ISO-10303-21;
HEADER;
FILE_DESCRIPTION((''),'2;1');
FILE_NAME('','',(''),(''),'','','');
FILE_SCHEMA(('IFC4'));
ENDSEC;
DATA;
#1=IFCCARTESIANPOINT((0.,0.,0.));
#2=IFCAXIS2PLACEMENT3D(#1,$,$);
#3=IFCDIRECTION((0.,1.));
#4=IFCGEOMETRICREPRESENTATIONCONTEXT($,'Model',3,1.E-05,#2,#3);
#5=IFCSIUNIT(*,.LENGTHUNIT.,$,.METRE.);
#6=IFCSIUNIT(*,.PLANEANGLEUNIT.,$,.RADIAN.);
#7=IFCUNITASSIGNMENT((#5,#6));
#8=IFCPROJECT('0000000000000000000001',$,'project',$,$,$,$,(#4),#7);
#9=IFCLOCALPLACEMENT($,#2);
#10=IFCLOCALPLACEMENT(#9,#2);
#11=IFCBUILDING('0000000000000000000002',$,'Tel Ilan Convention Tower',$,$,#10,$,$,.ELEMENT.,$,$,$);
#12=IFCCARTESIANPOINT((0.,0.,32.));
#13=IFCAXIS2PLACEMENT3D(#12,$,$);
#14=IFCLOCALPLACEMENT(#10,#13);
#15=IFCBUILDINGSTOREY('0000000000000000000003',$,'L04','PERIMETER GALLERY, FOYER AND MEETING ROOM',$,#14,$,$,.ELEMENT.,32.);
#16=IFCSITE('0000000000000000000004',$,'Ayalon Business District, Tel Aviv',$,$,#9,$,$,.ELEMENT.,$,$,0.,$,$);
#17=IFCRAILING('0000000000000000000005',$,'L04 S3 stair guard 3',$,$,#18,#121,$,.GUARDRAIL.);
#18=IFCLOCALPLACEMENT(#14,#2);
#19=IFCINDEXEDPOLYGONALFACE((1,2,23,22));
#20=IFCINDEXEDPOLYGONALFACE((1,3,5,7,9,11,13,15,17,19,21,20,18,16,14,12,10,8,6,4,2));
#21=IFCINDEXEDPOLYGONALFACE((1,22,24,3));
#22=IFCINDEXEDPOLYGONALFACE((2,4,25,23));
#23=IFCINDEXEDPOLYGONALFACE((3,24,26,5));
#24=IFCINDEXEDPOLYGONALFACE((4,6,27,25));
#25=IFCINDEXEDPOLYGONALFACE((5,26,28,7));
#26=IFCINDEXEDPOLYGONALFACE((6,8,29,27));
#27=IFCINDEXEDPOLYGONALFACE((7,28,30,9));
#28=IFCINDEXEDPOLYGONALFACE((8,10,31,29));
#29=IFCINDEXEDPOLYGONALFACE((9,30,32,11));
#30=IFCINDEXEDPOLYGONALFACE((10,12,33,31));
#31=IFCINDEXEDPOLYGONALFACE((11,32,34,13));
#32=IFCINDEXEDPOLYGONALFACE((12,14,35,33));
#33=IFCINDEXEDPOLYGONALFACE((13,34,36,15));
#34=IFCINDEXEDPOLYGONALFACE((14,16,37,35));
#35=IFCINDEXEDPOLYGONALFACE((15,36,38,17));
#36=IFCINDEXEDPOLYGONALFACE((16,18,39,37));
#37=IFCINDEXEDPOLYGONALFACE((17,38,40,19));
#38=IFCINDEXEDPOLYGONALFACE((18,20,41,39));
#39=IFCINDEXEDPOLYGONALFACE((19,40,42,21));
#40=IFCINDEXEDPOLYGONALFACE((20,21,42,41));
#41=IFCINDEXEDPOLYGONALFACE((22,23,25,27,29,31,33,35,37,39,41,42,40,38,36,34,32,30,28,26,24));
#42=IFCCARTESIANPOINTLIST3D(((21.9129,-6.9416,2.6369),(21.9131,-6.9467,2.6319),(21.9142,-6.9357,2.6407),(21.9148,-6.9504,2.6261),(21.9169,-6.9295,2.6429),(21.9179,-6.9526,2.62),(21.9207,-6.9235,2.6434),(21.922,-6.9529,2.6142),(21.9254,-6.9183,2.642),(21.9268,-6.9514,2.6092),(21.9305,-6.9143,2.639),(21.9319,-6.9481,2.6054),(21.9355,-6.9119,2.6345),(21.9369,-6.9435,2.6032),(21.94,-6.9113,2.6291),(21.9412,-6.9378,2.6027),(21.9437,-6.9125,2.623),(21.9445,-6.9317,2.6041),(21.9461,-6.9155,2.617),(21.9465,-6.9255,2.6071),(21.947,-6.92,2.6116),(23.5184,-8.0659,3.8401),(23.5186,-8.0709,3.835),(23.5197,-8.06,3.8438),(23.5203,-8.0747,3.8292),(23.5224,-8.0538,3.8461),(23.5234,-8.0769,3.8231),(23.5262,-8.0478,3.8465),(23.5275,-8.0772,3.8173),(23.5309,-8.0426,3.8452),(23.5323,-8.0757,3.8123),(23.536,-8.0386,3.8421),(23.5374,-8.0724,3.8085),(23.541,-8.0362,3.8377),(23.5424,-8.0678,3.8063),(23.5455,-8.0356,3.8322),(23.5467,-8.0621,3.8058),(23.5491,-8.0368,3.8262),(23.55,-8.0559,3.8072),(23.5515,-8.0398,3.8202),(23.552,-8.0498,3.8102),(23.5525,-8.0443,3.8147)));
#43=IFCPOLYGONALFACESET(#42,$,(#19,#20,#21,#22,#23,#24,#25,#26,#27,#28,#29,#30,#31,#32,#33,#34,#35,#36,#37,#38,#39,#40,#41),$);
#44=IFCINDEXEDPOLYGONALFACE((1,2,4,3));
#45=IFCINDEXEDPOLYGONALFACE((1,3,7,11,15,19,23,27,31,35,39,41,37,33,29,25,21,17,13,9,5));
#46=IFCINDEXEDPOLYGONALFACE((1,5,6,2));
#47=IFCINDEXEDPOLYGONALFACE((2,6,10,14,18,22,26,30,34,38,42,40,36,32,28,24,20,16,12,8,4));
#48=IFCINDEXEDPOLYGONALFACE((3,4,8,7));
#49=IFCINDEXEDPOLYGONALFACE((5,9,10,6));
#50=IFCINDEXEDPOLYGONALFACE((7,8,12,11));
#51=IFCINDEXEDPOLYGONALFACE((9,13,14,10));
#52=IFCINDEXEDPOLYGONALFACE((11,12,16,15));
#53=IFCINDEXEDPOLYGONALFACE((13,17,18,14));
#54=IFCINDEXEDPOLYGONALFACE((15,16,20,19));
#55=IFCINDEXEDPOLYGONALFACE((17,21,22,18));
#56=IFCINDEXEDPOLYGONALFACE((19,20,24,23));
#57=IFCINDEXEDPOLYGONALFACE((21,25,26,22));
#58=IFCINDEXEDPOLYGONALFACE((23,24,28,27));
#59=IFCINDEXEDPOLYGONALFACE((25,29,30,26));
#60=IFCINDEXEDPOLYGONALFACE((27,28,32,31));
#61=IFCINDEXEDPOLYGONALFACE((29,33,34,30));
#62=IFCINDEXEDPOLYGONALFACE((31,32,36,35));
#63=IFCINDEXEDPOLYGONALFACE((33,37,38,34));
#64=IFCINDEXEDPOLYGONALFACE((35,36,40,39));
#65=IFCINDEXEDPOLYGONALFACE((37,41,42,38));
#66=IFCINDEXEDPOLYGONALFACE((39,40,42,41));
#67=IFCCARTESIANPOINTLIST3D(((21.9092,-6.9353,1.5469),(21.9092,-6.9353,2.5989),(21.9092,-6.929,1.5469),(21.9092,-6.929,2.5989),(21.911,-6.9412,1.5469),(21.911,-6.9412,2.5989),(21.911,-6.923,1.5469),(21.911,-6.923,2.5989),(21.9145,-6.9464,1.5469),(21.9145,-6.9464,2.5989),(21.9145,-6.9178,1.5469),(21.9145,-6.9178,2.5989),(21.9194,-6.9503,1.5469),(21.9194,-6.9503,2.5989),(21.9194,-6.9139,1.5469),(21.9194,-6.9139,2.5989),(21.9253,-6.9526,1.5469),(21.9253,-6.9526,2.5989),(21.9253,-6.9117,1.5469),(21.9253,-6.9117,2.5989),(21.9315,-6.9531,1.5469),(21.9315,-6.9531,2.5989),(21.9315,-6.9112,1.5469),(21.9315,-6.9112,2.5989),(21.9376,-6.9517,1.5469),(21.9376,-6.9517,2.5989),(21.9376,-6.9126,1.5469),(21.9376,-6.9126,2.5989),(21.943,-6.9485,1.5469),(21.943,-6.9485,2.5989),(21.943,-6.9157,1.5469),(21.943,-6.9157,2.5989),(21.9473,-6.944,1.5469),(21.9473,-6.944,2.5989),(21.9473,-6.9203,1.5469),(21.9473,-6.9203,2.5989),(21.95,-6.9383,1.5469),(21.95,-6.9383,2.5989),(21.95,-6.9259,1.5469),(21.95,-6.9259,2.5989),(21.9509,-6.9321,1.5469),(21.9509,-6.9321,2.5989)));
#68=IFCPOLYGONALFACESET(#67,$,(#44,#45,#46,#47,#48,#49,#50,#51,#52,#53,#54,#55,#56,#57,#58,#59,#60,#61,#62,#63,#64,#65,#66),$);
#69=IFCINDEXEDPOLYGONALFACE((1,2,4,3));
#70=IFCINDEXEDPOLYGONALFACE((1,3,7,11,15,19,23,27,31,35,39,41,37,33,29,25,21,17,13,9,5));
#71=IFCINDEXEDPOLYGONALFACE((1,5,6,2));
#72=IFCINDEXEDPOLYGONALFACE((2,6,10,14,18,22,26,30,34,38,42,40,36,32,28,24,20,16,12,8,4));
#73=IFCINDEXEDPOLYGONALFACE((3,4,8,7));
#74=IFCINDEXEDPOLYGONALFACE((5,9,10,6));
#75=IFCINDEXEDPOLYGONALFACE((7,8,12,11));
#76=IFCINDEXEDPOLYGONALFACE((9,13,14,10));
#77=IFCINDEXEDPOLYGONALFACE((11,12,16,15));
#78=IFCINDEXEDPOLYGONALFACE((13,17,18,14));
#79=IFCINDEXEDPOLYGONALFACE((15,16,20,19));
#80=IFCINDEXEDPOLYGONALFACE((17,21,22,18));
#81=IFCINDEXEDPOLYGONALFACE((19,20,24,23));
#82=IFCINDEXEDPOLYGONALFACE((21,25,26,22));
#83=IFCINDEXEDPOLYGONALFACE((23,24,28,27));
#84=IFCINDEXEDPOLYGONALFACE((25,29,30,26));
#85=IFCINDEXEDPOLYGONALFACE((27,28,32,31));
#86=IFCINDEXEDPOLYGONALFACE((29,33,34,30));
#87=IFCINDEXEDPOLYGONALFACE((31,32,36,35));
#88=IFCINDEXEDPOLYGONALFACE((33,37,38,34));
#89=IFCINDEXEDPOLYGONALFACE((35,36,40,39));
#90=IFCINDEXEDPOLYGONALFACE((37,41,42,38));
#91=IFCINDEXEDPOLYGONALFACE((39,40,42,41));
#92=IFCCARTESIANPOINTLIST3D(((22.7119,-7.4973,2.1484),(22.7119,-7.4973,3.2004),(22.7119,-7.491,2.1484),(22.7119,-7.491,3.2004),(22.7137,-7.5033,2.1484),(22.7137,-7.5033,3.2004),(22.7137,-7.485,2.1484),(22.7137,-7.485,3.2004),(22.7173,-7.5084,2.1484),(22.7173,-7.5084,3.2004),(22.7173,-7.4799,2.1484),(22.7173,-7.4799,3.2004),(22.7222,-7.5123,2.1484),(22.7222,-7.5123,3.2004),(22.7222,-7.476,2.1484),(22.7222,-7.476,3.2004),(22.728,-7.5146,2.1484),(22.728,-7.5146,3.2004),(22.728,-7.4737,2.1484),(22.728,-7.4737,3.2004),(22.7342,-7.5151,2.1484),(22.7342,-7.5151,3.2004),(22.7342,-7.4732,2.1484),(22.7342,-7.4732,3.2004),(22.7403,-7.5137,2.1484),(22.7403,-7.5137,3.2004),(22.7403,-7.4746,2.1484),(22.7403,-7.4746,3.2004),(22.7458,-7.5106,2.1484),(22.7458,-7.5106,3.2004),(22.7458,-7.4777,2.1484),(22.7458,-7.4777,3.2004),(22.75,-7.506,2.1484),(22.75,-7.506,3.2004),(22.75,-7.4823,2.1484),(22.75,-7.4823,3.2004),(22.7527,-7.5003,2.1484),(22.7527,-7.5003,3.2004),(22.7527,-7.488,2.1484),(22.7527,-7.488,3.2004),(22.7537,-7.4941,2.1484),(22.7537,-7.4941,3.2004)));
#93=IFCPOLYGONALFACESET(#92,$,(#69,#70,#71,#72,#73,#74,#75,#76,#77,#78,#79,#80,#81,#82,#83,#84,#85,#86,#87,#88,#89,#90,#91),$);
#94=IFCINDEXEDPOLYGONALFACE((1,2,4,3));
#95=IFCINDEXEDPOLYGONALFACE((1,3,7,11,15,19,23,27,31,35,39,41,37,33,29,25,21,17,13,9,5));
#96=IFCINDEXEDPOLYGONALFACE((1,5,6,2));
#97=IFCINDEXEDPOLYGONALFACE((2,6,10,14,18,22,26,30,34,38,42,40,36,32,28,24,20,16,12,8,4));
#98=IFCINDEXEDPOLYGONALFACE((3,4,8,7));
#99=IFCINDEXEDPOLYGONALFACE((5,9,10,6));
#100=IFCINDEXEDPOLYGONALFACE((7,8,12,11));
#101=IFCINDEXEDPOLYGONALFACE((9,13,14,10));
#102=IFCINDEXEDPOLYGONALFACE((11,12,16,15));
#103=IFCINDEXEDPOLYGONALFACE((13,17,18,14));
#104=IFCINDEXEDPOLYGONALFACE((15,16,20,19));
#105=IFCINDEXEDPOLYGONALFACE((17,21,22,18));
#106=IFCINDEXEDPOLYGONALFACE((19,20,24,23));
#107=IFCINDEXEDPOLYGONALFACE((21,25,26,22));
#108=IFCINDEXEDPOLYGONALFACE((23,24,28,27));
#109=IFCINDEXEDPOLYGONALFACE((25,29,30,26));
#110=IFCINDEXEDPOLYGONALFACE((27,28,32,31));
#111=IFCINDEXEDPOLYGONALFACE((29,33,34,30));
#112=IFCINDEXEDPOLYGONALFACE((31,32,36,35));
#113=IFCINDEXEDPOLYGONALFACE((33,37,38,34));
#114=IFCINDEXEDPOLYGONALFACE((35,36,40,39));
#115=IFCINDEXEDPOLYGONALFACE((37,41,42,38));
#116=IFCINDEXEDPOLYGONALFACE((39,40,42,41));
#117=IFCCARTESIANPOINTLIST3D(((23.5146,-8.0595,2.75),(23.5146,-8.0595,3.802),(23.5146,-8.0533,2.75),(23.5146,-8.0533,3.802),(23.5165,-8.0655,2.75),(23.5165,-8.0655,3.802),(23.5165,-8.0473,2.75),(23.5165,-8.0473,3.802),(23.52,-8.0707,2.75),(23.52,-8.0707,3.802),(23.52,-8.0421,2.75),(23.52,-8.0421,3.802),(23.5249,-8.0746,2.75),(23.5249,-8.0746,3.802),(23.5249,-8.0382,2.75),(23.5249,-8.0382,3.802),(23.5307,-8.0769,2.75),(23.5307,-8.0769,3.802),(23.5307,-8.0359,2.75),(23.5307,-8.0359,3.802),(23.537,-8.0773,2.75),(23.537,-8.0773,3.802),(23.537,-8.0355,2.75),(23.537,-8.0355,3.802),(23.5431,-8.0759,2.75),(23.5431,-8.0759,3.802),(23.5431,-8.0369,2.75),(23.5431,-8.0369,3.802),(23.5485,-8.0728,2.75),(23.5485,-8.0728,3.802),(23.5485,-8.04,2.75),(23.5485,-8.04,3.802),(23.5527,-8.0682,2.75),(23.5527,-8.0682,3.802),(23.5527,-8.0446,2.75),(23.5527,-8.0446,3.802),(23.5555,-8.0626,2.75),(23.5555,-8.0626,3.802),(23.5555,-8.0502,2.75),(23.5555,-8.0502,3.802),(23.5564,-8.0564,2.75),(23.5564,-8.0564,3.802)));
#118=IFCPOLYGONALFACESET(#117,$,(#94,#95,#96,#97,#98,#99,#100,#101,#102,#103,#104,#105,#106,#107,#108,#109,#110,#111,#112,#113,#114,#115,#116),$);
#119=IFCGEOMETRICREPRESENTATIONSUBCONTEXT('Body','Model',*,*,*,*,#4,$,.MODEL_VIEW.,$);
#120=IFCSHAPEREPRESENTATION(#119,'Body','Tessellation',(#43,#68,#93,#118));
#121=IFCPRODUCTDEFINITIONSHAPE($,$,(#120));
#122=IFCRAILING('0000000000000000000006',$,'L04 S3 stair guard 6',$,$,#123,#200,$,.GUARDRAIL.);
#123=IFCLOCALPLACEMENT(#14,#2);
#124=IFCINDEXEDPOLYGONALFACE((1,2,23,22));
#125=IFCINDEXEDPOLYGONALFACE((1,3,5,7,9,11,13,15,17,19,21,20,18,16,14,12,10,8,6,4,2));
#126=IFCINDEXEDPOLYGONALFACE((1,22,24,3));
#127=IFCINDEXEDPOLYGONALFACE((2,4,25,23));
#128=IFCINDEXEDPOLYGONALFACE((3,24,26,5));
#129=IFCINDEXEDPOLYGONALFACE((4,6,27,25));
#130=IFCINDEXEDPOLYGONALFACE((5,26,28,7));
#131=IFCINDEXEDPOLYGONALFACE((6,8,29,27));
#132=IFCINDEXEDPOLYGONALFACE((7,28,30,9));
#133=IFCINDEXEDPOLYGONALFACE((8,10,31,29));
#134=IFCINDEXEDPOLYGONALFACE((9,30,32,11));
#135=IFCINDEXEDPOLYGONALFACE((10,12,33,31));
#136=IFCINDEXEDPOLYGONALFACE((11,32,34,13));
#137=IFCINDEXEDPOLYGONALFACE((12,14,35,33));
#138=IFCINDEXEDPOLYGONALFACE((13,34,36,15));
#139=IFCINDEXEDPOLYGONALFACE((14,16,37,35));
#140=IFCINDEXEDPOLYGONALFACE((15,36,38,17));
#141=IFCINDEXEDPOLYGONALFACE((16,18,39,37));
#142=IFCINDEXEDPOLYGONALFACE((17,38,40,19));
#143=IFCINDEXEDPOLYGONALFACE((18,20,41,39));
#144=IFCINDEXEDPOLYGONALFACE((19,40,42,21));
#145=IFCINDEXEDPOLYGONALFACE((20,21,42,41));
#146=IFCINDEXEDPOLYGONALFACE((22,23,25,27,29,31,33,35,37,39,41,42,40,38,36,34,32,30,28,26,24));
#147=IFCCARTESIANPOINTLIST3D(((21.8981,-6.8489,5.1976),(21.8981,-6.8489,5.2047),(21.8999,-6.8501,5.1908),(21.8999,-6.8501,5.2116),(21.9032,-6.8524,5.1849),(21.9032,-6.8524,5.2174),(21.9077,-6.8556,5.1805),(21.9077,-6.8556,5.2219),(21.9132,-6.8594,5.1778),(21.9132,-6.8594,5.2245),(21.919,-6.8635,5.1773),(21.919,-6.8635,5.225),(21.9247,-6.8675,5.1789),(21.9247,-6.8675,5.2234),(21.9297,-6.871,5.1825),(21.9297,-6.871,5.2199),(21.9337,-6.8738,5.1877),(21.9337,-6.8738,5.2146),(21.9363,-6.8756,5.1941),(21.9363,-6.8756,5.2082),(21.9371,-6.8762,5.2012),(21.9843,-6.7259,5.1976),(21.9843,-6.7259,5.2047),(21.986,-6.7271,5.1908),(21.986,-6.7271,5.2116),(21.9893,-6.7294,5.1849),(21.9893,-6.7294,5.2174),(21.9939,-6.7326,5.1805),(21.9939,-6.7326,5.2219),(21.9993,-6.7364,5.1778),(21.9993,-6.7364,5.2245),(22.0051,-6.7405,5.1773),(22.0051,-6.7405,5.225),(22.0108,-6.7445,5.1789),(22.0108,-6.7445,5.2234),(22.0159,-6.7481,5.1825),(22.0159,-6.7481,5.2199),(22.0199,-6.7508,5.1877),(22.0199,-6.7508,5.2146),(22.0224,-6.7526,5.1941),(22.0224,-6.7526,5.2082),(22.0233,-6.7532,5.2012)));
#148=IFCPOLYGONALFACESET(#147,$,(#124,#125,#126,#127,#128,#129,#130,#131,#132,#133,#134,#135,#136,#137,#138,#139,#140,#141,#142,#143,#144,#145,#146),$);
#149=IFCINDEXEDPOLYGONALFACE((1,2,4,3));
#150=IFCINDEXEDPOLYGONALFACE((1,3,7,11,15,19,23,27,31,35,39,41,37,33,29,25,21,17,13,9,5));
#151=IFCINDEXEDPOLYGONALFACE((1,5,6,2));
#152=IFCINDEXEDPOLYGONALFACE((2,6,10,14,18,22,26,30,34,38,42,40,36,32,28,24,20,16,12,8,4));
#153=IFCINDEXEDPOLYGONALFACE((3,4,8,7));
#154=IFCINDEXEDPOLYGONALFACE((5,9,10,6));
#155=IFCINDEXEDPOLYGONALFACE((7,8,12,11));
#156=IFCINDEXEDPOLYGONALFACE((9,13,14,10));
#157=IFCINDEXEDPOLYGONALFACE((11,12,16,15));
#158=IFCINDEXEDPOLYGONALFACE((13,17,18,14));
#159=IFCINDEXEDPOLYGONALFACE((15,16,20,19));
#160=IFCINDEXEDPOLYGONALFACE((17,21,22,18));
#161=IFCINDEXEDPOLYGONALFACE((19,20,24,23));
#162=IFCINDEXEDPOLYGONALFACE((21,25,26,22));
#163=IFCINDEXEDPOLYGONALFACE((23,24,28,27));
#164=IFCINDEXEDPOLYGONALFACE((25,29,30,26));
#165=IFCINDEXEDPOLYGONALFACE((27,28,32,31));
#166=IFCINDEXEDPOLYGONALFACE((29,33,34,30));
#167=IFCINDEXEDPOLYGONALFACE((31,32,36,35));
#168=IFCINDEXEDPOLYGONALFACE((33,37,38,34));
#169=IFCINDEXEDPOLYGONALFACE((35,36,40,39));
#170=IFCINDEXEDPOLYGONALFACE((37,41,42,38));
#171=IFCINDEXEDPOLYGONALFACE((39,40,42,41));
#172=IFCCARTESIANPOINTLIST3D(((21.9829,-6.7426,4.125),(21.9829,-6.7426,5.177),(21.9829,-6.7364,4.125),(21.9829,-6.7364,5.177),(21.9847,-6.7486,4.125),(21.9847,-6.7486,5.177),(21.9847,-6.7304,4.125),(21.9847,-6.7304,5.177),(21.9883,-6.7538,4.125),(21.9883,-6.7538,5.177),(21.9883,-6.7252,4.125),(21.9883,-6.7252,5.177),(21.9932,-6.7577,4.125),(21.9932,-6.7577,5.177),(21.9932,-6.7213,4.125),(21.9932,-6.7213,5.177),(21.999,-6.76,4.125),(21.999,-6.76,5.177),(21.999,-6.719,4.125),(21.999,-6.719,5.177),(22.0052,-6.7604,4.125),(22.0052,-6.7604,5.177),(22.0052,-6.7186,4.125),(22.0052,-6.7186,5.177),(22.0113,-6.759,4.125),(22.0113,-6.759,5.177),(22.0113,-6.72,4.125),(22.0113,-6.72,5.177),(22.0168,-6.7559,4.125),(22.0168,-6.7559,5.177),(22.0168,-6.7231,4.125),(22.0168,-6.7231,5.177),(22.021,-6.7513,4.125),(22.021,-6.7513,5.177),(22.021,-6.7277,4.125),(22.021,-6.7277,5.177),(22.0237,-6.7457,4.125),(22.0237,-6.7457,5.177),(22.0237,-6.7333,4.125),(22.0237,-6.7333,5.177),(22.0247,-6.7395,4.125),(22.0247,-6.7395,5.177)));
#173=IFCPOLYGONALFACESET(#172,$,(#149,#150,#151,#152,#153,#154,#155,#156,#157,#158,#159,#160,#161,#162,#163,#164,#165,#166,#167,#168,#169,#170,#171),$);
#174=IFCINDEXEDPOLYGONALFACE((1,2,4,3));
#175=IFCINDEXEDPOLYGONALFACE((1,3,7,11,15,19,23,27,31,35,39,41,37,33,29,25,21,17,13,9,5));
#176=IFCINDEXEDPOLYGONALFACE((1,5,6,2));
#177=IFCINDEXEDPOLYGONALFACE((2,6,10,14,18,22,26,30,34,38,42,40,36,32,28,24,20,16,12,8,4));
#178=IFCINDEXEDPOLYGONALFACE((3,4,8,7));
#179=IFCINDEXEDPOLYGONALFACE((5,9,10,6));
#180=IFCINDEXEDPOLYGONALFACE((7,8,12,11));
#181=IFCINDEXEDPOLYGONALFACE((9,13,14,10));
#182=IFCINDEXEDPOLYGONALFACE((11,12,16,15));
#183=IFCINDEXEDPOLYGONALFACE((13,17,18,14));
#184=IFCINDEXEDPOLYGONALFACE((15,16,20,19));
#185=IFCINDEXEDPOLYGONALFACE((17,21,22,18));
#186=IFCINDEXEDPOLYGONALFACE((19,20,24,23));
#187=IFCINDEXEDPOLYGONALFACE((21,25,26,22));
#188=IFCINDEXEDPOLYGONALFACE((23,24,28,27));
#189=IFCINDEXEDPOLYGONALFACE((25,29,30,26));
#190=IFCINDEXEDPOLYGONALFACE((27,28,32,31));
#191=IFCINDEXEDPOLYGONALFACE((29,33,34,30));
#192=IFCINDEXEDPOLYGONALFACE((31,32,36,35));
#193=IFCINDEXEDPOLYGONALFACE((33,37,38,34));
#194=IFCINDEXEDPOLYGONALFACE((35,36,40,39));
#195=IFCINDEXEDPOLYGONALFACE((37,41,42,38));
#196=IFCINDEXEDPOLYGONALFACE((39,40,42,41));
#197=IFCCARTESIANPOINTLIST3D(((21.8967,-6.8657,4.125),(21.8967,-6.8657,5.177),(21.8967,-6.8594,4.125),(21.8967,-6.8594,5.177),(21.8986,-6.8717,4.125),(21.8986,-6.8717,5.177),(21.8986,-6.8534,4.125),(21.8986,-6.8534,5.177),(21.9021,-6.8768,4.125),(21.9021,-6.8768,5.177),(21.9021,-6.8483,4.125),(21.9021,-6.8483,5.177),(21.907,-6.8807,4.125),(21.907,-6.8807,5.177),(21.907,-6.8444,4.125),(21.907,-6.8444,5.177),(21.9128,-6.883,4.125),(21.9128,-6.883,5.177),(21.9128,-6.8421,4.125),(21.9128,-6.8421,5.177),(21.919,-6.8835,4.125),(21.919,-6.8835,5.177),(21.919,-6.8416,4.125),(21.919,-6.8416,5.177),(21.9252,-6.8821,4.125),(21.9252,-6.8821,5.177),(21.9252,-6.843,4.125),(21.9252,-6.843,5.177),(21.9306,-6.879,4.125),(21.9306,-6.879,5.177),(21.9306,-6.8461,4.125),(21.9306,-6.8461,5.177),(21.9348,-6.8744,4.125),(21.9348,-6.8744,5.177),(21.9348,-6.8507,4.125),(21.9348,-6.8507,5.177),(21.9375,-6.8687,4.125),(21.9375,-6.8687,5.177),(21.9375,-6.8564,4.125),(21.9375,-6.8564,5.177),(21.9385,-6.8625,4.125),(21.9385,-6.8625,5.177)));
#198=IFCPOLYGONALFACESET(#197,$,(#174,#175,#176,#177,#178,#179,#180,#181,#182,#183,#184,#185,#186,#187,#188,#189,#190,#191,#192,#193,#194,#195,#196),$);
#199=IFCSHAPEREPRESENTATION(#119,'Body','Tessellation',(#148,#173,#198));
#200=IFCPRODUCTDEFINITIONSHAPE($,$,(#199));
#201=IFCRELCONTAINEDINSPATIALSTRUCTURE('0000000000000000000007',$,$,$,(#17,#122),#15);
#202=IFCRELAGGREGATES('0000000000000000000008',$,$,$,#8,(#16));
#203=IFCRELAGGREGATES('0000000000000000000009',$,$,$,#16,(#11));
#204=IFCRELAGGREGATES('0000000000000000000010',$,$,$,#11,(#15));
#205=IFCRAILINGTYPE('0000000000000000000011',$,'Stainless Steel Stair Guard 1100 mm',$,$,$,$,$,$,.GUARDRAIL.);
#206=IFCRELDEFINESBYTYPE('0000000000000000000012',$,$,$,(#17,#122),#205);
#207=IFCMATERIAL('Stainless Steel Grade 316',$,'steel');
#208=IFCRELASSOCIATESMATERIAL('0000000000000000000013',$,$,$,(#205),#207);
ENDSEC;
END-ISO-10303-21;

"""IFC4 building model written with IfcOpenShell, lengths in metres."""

from ifc_helpers import new_model, si_unit, direction, frame, origin, origin_2d, place, context, subcontext, project, spatial, circle, extrude, material, type_object, element, save


model = new_model("IFC4")

# Units and contexts
model_context = context("Model", 3, precision=1e-05, world=origin(), true_north=direction((0.0, 1.0)))
body_context = subcontext(model_context, "Body", "Model", "MODEL_VIEW")
ifc_project = project(units=[si_unit("LENGTHUNIT", "METRE"), si_unit("PLANEANGLEUNIT", "RADIAN")], contexts=[model_context])

# Site, building, storey
site_placement = place(None, origin())
site = spatial("IfcSite", under=ifc_project, at=site_placement, Name="Ayalon Business District, Tel Aviv", CompositionType="ELEMENT", RefElevation=0.0)
building_placement = place(site_placement, origin())
building = spatial("IfcBuilding", under=site, at=building_placement, Name="Tel Ilan Convention Tower", CompositionType="ELEMENT")
storey_placement = place(building_placement, frame((0.0, 0.0, 32.0)))
storey = spatial("IfcBuildingStorey", under=building, at=storey_placement, Name="L04", Description="PERIMETER GALLERY, FOYER AND MEETING ROOM", CompositionType="ELEMENT", Elevation=32.0)

# Railings
ifc_material_1 = material(Name="Stainless Steel Grade 316", Category="steel")
railing_type_1 = type_object("IfcRailingType", Name="Stainless Steel Stair Guard 1100 mm", PredefinedType="GUARDRAIL", material=ifc_material_1)
railing_1_placement = place(storey_placement, frame((21.9299, -6.9321, 1.5469)))
element("IfcRailing", 1, at=railing_1_placement, inside=storey, type_object=railing_type_1, Name="L04 S3 stair guard 3", PredefinedType="GUARDRAIL", context=body_context, shape_type="SweptSolid", body=[
    extrude(circle(Radius=0.0239, at=origin_2d()), frame((0.0, 0.0, 1.0762), z_axis=(0.698095, -0.488857, 0.523146), x_axis=(0.573613, 0.819127, 0.0)), (0.0, 0.0, 1.0), 2.2998),
    extrude(circle(Radius=0.021, at=origin_2d()), origin(), (0.0, 0.0, 1.0), 1.052),
    extrude(circle(Radius=0.021, at=origin_2d()), frame((0.8027, -0.562, 0.6016)), (0.0, 0.0, 1.0), 1.052),
    extrude(circle(Radius=0.021, at=origin_2d()), frame((1.6055, -1.1243, 1.2031)), (0.0, 0.0, 1.0), 1.052),
])
railing_2_placement = place(storey_placement, frame((22.0037, -6.7395, 4.125)))
element("IfcRailing", 2, at=railing_2_placement, inside=storey, type_object=railing_type_1, Name="L04 S3 stair guard 6", PredefinedType="GUARDRAIL", context=body_context, shape_type="SweptSolid", body=[
    extrude(circle(Radius=0.0239, at=origin_2d()), frame((0.0, 0.0, 1.0762), z_axis=(-0.57368, -0.819079, 0.0), x_axis=(0.819079, -0.57368, 0.0)), (0.0, 0.0, 1.0), 0.1501),
    extrude(circle(Radius=0.021, at=origin_2d()), origin(), (0.0, 0.0, 1.0), 1.052),
    extrude(circle(Radius=0.021, at=origin_2d()), frame((-0.0862, -0.123, 0.0)), (0.0, 0.0, 1.0), 1.052),
])

save(model, "model.ifc")
